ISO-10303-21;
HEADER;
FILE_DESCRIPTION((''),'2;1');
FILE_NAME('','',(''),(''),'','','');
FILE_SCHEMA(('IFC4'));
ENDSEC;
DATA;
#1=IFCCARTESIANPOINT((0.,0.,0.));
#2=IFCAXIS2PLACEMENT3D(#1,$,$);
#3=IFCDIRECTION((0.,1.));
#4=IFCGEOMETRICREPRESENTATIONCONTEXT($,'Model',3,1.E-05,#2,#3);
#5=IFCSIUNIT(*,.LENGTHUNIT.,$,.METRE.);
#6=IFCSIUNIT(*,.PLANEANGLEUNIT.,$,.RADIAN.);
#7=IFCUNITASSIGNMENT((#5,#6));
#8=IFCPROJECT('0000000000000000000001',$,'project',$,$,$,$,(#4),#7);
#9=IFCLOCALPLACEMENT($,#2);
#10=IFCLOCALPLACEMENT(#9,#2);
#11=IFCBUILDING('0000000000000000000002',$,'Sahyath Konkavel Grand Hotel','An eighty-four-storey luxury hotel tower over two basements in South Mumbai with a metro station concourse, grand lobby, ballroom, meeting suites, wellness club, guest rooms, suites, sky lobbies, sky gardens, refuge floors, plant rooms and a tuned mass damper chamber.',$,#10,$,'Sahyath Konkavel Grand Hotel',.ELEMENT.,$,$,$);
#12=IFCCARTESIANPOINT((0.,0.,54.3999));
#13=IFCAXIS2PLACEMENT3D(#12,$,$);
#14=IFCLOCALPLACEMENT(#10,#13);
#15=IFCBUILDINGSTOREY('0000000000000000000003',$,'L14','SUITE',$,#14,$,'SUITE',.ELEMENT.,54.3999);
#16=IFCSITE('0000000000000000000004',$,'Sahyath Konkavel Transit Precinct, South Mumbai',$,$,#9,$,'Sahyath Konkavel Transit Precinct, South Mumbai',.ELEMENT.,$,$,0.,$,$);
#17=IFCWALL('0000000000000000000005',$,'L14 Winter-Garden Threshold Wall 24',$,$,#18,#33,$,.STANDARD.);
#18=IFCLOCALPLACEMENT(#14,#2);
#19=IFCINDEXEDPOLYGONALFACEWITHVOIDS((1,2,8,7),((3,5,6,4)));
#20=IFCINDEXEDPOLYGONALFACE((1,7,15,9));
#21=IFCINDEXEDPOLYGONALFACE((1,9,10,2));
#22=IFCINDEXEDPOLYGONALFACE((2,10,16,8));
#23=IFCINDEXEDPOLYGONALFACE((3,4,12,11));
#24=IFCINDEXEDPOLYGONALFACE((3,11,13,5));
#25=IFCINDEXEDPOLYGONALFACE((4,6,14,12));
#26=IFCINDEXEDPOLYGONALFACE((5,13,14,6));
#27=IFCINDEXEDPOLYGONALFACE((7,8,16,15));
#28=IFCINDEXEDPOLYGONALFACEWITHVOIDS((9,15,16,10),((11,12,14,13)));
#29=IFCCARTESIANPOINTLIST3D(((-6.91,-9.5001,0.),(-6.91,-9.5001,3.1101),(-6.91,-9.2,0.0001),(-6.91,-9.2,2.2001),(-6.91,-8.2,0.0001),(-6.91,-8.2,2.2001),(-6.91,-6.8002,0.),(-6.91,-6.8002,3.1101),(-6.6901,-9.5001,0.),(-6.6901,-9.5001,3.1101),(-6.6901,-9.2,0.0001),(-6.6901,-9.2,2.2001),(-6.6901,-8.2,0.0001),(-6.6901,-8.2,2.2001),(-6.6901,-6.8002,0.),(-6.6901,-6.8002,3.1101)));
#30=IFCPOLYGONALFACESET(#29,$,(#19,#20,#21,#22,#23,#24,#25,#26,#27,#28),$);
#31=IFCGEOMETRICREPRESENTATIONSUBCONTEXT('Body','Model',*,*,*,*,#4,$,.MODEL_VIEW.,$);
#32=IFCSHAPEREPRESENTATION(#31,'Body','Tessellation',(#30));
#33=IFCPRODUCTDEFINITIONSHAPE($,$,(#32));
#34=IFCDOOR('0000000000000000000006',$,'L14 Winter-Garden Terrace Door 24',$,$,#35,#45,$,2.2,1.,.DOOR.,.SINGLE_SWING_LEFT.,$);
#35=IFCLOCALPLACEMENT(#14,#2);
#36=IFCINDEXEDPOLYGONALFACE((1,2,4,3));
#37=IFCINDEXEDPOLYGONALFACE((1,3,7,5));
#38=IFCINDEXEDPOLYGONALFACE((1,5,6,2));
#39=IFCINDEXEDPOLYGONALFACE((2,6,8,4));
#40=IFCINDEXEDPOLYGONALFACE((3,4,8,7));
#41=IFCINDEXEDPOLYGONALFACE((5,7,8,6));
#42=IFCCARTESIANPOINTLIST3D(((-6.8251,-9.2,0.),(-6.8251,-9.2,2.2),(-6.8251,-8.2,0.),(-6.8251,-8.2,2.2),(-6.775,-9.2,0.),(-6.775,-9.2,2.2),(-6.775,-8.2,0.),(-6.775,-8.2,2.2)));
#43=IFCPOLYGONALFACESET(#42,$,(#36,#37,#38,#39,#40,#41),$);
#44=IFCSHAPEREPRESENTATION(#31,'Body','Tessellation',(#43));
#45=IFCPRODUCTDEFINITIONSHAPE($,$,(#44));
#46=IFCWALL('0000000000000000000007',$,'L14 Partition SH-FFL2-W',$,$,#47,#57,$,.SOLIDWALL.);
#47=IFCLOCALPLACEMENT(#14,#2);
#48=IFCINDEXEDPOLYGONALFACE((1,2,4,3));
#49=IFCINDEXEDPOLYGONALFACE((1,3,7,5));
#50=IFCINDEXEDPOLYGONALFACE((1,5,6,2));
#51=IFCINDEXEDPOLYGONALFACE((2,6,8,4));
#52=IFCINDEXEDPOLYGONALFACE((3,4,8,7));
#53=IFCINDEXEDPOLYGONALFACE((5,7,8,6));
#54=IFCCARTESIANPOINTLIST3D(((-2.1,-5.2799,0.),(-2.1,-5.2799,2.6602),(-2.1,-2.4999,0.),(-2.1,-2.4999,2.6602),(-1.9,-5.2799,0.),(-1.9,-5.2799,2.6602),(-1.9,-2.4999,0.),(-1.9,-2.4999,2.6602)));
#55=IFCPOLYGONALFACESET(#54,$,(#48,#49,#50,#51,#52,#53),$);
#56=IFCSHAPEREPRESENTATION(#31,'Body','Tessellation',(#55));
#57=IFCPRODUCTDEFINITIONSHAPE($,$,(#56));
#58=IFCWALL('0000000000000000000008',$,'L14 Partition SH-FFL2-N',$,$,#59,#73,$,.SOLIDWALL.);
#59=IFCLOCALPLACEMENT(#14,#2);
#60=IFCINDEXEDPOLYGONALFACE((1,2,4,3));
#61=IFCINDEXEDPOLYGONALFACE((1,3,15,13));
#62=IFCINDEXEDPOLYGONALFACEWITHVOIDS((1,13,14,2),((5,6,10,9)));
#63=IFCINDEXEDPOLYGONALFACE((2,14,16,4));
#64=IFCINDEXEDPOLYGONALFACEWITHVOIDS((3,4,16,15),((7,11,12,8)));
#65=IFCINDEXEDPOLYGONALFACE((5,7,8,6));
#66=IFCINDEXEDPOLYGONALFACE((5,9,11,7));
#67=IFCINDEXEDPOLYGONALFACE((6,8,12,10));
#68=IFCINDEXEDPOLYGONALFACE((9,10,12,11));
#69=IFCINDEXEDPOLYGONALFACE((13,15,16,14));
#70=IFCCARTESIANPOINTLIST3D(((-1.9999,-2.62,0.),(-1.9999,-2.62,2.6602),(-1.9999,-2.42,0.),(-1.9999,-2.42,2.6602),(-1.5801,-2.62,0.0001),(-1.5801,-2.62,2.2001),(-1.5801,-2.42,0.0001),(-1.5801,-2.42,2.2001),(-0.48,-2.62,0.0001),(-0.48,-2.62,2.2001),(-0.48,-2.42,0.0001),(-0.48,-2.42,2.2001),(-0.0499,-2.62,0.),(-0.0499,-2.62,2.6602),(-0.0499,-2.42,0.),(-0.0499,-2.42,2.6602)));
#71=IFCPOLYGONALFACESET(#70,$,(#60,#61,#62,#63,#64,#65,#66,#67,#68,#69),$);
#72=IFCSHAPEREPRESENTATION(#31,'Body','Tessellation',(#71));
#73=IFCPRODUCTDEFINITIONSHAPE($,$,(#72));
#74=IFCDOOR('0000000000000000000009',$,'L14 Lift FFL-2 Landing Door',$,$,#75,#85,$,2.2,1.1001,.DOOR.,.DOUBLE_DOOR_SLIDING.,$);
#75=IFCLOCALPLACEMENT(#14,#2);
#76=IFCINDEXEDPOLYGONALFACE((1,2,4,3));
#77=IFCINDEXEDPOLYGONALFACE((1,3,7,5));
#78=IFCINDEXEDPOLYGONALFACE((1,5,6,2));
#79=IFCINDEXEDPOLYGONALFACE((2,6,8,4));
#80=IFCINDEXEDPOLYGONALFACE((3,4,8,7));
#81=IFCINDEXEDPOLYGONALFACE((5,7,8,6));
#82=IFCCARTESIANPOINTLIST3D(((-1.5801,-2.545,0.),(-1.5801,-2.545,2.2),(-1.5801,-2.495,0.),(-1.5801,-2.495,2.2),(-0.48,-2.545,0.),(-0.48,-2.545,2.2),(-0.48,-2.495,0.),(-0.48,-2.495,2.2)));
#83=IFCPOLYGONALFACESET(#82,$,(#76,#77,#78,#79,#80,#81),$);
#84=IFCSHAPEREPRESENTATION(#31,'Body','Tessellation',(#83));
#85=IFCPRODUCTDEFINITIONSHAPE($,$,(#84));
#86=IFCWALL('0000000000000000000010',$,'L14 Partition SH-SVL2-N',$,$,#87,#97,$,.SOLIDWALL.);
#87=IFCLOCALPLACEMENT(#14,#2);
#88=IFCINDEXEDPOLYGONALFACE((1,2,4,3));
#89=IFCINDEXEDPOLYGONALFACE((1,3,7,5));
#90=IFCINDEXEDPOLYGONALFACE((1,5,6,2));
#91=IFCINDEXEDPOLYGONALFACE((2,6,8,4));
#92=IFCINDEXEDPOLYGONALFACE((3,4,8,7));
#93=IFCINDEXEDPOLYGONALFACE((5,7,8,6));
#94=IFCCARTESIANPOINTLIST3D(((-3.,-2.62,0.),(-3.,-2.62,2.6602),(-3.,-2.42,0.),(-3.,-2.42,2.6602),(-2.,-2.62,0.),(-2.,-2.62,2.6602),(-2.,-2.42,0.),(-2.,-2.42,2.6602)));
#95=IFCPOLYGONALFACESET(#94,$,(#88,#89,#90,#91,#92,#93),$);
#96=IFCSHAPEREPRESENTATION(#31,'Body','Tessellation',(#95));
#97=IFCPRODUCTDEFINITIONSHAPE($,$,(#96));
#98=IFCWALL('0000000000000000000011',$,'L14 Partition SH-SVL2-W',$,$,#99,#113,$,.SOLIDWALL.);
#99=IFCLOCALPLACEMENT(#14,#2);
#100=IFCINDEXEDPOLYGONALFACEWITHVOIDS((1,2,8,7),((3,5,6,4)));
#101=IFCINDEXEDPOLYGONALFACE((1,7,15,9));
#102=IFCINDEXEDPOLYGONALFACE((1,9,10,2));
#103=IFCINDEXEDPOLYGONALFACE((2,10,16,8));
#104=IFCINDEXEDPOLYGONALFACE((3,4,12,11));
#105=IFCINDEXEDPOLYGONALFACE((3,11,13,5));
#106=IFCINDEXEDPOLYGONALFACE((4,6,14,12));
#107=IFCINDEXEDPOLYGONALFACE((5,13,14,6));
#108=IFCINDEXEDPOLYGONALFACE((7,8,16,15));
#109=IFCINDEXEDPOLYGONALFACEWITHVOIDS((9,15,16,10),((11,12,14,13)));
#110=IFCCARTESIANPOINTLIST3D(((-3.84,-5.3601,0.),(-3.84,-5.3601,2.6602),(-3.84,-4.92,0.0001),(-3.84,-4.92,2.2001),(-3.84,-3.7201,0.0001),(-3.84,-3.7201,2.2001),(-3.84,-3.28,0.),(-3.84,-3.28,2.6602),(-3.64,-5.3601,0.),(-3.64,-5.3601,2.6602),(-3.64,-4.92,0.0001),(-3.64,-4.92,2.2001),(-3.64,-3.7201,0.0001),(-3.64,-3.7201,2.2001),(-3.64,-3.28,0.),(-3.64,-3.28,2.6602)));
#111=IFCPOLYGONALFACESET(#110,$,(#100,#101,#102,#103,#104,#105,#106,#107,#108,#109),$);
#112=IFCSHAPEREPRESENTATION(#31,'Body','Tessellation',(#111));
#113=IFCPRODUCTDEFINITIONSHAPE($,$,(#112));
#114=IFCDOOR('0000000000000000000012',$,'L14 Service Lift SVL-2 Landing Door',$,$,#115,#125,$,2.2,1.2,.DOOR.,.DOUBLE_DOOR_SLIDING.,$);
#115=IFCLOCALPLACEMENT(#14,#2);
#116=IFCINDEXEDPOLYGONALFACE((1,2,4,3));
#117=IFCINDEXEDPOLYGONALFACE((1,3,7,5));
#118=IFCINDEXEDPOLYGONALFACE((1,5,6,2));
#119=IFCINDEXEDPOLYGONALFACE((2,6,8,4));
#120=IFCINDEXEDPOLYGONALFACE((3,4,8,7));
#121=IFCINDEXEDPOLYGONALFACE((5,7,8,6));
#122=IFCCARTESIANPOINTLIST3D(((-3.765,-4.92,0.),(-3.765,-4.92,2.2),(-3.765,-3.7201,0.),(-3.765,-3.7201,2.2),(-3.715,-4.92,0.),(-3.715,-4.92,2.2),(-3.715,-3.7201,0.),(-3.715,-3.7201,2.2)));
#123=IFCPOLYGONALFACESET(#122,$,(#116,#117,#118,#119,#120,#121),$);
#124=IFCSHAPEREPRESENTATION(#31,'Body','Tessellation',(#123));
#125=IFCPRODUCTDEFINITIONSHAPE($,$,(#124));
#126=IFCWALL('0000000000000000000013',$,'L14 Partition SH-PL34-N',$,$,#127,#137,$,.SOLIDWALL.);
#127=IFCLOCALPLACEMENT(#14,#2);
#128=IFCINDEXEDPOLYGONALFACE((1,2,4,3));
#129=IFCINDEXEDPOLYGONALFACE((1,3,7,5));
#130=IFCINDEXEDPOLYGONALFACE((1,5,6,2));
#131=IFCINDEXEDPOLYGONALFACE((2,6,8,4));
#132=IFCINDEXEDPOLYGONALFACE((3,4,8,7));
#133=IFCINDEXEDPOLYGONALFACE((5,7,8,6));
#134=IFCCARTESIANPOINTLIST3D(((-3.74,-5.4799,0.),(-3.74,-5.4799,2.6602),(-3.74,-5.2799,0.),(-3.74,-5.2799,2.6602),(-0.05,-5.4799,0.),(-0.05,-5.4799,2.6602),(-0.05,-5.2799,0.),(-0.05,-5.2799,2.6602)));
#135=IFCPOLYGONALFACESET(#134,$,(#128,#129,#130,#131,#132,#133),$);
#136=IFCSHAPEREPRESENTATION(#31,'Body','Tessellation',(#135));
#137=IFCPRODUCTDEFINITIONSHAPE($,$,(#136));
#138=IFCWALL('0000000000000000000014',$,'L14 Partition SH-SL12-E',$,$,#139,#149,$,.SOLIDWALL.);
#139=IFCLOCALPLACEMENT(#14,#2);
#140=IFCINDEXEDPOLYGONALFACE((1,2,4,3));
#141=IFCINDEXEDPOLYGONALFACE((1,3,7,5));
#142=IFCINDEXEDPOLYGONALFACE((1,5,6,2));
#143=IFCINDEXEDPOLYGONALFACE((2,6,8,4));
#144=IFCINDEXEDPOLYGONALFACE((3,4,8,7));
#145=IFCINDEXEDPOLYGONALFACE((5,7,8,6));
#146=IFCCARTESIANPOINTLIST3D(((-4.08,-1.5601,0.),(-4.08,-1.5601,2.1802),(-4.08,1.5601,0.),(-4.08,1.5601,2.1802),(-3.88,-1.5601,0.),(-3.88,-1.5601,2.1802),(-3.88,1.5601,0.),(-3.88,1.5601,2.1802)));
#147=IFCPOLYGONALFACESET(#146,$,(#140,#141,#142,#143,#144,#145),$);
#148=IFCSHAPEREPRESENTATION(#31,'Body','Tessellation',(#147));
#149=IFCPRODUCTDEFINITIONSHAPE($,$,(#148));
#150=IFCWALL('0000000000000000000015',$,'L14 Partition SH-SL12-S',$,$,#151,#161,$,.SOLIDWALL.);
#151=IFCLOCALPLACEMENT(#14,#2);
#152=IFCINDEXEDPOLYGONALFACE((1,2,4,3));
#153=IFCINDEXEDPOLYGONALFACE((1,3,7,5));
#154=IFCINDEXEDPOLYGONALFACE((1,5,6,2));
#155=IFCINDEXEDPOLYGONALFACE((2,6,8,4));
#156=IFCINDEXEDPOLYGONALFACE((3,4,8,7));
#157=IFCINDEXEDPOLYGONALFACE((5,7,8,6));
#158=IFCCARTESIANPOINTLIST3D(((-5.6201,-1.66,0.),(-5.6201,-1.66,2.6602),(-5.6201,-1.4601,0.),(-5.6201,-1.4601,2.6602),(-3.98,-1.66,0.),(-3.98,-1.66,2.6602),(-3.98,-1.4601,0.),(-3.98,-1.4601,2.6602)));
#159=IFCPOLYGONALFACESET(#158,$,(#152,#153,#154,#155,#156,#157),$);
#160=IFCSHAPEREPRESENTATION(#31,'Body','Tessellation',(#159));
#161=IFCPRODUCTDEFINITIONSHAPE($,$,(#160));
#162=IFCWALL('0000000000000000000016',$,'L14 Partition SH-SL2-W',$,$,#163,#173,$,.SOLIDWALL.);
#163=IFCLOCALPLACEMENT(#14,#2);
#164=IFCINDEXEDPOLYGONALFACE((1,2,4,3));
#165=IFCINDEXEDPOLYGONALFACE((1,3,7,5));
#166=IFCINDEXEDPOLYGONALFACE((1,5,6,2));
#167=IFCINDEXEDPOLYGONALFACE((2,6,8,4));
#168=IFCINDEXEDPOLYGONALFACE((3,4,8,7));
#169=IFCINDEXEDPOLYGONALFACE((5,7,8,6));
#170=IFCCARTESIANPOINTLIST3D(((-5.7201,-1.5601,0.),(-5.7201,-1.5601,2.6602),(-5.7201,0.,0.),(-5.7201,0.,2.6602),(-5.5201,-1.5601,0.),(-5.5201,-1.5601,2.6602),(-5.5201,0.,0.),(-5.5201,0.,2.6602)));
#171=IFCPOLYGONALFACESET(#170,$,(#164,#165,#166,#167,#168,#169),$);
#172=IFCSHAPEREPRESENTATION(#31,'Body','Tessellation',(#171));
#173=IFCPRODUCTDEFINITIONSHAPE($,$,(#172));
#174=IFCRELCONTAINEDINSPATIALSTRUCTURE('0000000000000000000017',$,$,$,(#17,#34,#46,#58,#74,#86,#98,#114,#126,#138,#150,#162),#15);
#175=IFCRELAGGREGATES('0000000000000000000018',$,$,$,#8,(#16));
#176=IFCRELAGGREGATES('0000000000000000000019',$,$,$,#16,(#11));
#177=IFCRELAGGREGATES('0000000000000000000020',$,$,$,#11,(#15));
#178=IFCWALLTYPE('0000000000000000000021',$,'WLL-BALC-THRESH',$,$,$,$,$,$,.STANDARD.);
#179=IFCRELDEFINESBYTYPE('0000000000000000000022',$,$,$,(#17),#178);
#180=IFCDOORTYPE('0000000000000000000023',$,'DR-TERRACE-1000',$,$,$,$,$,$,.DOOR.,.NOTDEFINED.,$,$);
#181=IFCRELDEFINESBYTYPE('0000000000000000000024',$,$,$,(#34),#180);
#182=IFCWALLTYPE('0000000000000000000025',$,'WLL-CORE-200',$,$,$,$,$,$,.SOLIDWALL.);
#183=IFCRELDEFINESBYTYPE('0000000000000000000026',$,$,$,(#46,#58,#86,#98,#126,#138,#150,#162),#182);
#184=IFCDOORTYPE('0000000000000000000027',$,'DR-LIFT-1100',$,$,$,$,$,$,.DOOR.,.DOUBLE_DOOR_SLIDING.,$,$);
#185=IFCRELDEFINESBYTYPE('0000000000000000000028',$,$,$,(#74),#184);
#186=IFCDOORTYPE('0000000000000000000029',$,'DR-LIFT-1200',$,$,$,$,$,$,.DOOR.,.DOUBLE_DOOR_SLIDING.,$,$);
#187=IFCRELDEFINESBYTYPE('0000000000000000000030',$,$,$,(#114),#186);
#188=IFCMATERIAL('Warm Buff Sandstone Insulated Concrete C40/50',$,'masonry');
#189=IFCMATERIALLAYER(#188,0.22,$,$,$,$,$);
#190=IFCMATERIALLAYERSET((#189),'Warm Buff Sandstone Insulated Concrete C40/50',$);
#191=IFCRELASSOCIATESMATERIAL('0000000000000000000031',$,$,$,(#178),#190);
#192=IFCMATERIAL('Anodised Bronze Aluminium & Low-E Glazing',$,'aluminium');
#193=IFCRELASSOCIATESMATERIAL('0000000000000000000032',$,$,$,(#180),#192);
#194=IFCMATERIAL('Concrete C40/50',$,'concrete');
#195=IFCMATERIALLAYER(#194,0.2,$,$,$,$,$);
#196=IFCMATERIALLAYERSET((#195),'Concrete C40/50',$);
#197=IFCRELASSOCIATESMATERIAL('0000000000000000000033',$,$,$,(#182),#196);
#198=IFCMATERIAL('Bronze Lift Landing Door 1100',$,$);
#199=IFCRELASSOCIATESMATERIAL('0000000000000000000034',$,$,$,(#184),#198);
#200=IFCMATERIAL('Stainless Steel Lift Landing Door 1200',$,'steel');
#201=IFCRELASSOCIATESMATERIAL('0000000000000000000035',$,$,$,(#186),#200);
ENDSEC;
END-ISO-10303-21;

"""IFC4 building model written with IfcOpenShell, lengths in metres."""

from ifc_helpers import new_model, si_unit, direction, frame, frame_2d, origin, origin_2d, place, context, subcontext, project, spatial, rectangle, extrude, source, transform, mapped, material, layer, layer_set, type_object, element, fill, save


model = new_model("IFC4")

# Units and contexts
model_context = context("Model", 3, precision=1e-05, world=origin(), true_north=direction((0.0, 1.0)))
body_context = subcontext(model_context, "Body", "Model", "MODEL_VIEW")
ifc_project = project(units=[si_unit("LENGTHUNIT", "METRE"), si_unit("PLANEANGLEUNIT", "RADIAN")], contexts=[model_context])

# Site, building, storey
site_placement = place(None, origin())
site = spatial("IfcSite", under=ifc_project, at=site_placement, Name="Sahyath Konkavel Transit Precinct, South Mumbai", LongName="Sahyath Konkavel Transit Precinct, South Mumbai", CompositionType="ELEMENT", RefElevation=0.0)
building_placement = place(site_placement, origin())
building = spatial("IfcBuilding", under=site, at=building_placement, Name="Sahyath Konkavel Grand Hotel", Description="An eighty-four-storey luxury hotel tower over two basements in South Mumbai with a metro station concourse, grand lobby, ballroom, meeting suites, wellness club, guest rooms, suites, sky lobbies, sky gardens, refuge floors, plant rooms and a tuned mass damper chamber.", LongName="Sahyath Konkavel Grand Hotel", CompositionType="ELEMENT")
storey_placement = place(building_placement, frame((0.0, 0.0, 54.3999)))
storey = spatial("IfcBuildingStorey", under=building, at=storey_placement, Name="L14", Description="SUITE", LongName="SUITE", CompositionType="ELEMENT", Elevation=54.3999)

# Shared definitions
ifc_material_1 = material(Name="Anodised Bronze Aluminium & Low-E Glazing", Category="aluminium")

# Wall, opening, door
ifc_material_2 = material(Name="Warm Buff Sandstone Insulated Concrete C40/50", Category="masonry")
ifc_layer_1 = layer(ifc_material_2, 0.22)
ifc_layer_set_1 = layer_set([ifc_layer_1], Name="Warm Buff Sandstone Insulated Concrete C40/50")
wall_type_1 = type_object("IfcWallType", Name="WLL-BALC-THRESH", PredefinedType="STANDARD", material=ifc_layer_set_1)
wall_1_placement = place(storey_placement, frame((-6.8, -6.8, 0.0), z_axis=(0.0, 0.0, 1.0), x_axis=(0.0, -1.0, 0.0)))
wall_1 = element("IfcWall", 1, at=wall_1_placement, inside=storey, type_object=wall_type_1, Name="L14 Winter-Garden Threshold Wall 24", PredefinedType="STANDARD", context=body_context, shape_type="SweptSolid", body=[
    extrude(rectangle(XDim=2.7, YDim=0.22, at=frame_2d((1.3501, 0.0))), origin(), (0.0, 0.0, 1.0), 3.1101),
])
opening_1_placement = place(wall_1_placement, frame((1.3999, 0.0, 0.0)))
opening_1 = element("IfcOpeningElement", 2, at=opening_1_placement, cuts=wall_1, PredefinedType="OPENING", context=body_context, shape_type="SweptSolid", body=[
    extrude(rectangle(XDim=1.0, YDim=2.2, at=frame_2d((0.5, 1.1001))), frame((0.0, 0.1201, 0.0), z_axis=(0.0, -1.0, 0.0), x_axis=(1.0, 0.0, 0.0)), (0.0, 0.0, 1.0), 0.24),
])
door_type_1 = type_object("IfcDoorType", Name="DR-TERRACE-1000", OperationType="NOTDEFINED", PredefinedType="DOOR", material=ifc_material_1)
shared_shape_1 = source(origin(), body_context, "Body", "SweptSolid", [
    extrude(rectangle(XDim=1.0, YDim=0.05, at=origin_2d()), origin(), (0.0, 0.0, 1.0), 2.2),
])
door_1_placement = place(opening_1_placement, frame((0.5, 0.0, 0.0)))
door_1 = element("IfcDoor", 3, at=door_1_placement, inside=storey, type_object=door_type_1, Name="L14 Winter-Garden Terrace Door 24", OperationType="SINGLE_SWING_LEFT", OverallHeight=2.2, OverallWidth=1.0, PredefinedType="DOOR", context=body_context, shape_type="MappedRepresentation", body=[
    mapped(shared_shape_1, transform((0.0, 0.0, 0.0), scale=1.0)),
])
fill(opening_1, door_1)

# Wall
ifc_material_3 = material(Name="Concrete C40/50", Category="concrete")
ifc_layer_2 = layer(ifc_material_3, 0.2)
ifc_layer_set_2 = layer_set([ifc_layer_2], Name="Concrete C40/50")
wall_type_2 = type_object("IfcWallType", Name="WLL-CORE-200", PredefinedType="SOLIDWALL", material=ifc_layer_set_2)
wall_2_placement = place(storey_placement, frame((-2.0, -5.28, 0.0), z_axis=(0.0, 0.0, 1.0), x_axis=(0.0, 1.0, 0.0)))
element("IfcWall", 4, at=wall_2_placement, inside=storey, type_object=wall_type_2, Name="L14 Partition SH-FFL2-W", PredefinedType="SOLIDWALL", context=body_context, shape_type="SweptSolid", body=[
    extrude(rectangle(XDim=2.78, YDim=0.2, at=frame_2d((1.3901, 0.0))), origin(), (0.0, 0.0, 1.0), 2.6602),
])

# Wall, opening, door
wall_3_placement = place(storey_placement, frame((-2.0, -2.52, 0.0), z_axis=(0.0, 0.0, 1.0), x_axis=(1.0, 0.0, 0.0)))
wall_3 = element("IfcWall", 5, at=wall_3_placement, inside=storey, type_object=wall_type_2, Name="L14 Partition SH-FFL2-N", PredefinedType="SOLIDWALL", context=body_context, shape_type="SweptSolid", body=[
    extrude(rectangle(XDim=1.95, YDim=0.2, at=frame_2d((0.9751, 0.0))), origin(), (0.0, 0.0, 1.0), 2.6602),
])
opening_2_placement = place(wall_3_placement, frame((0.4199, 0.0, 0.0)))
opening_2 = element("IfcOpeningElement", 6, at=opening_2_placement, cuts=wall_3, PredefinedType="OPENING", context=body_context, shape_type="SweptSolid", body=[
    extrude(rectangle(XDim=1.1001, YDim=2.2, at=frame_2d((0.55, 1.1001))), frame((0.0, 0.1099, 0.0), z_axis=(0.0, -1.0, 0.0), x_axis=(1.0, 0.0, 0.0)), (0.0, 0.0, 1.0), 0.22),
])
ifc_material_4 = material(Name="Bronze Lift Landing Door 1100")
door_type_2 = type_object("IfcDoorType", Name="DR-LIFT-1100", OperationType="DOUBLE_DOOR_SLIDING", PredefinedType="DOOR", material=ifc_material_4)
shared_shape_2 = source(origin(), body_context, "Body", "SweptSolid", [
    extrude(rectangle(XDim=1.1001, YDim=0.05, at=origin_2d()), origin(), (0.0, 0.0, 1.0), 2.2),
])
door_2_placement = place(opening_2_placement, frame((0.55, 0.0, 0.0)))
door_2 = element("IfcDoor", 7, at=door_2_placement, inside=storey, type_object=door_type_2, Name="L14 Lift FFL-2 Landing Door", OperationType="DOUBLE_DOOR_SLIDING", OverallHeight=2.2, OverallWidth=1.1001, PredefinedType="DOOR", context=body_context, shape_type="MappedRepresentation", body=[
    mapped(shared_shape_2, transform((0.0, 0.0, 0.0), scale=1.0)),
])
fill(opening_2, door_2)

# Wall
wall_4_placement = place(storey_placement, frame((-3.0, -2.52, 0.0), z_axis=(0.0, 0.0, 1.0), x_axis=(1.0, 0.0, 0.0)))
element("IfcWall", 8, at=wall_4_placement, inside=storey, type_object=wall_type_2, Name="L14 Partition SH-SVL2-N", PredefinedType="SOLIDWALL", context=body_context, shape_type="SweptSolid", body=[
    extrude(rectangle(XDim=1.0, YDim=0.2, at=frame_2d((0.5, 0.0))), origin(), (0.0, 0.0, 1.0), 2.6602),
])

# Wall, opening, door
wall_5_placement = place(storey_placement, frame((-3.74, -5.3601, 0.0), z_axis=(0.0, 0.0, 1.0), x_axis=(0.0, 1.0, 0.0)))
wall_5 = element("IfcWall", 9, at=wall_5_placement, inside=storey, type_object=wall_type_2, Name="L14 Partition SH-SVL2-W", PredefinedType="SOLIDWALL", context=body_context, shape_type="SweptSolid", body=[
    extrude(rectangle(XDim=2.0801, YDim=0.2, at=frame_2d((1.04, 0.0))), origin(), (0.0, 0.0, 1.0), 2.6602),
])
opening_3_placement = place(wall_5_placement, frame((0.4399, 0.0, 0.0)))
opening_3 = element("IfcOpeningElement", 10, at=opening_3_placement, cuts=wall_5, PredefinedType="OPENING", context=body_context, shape_type="SweptSolid", body=[
    extrude(rectangle(XDim=1.2, YDim=2.2, at=frame_2d((0.6001, 1.1001))), frame((0.0, 0.1099, 0.0), z_axis=(0.0, -1.0, 0.0), x_axis=(1.0, 0.0, 0.0)), (0.0, 0.0, 1.0), 0.22),
])
ifc_material_5 = material(Name="Stainless Steel Lift Landing Door 1200", Category="steel")
door_type_3 = type_object("IfcDoorType", Name="DR-LIFT-1200", OperationType="DOUBLE_DOOR_SLIDING", PredefinedType="DOOR", material=ifc_material_5)
shared_shape_3 = source(origin(), body_context, "Body", "SweptSolid", [
    extrude(rectangle(XDim=1.2, YDim=0.05, at=origin_2d()), origin(), (0.0, 0.0, 1.0), 2.2),
])
door_3_placement = place(opening_3_placement, frame((0.6001, 0.0, 0.0)))
door_3 = element("IfcDoor", 11, at=door_3_placement, inside=storey, type_object=door_type_3, Name="L14 Service Lift SVL-2 Landing Door", OperationType="DOUBLE_DOOR_SLIDING", OverallHeight=2.2, OverallWidth=1.2, PredefinedType="DOOR", context=body_context, shape_type="MappedRepresentation", body=[
    mapped(shared_shape_3, transform((0.0, 0.0, 0.0), scale=1.0)),
])
fill(opening_3, door_3)

# Walls
wall_6_placement = place(storey_placement, frame((-3.74, -5.3799, 0.0), z_axis=(0.0, 0.0, 1.0), x_axis=(1.0, 0.0, 0.0)))
element("IfcWall", 12, at=wall_6_placement, inside=storey, type_object=wall_type_2, Name="L14 Partition SH-PL34-N", PredefinedType="SOLIDWALL", context=body_context, shape_type="SweptSolid", body=[
    extrude(rectangle(XDim=3.6899, YDim=0.2, at=frame_2d((1.845, 0.0))), origin(), (0.0, 0.0, 1.0), 2.6602),
])
wall_7_placement = place(storey_placement, frame((-3.98, -1.5601, 0.0), z_axis=(0.0, 0.0, 1.0), x_axis=(0.0, 1.0, 0.0)))
element("IfcWall", 13, at=wall_7_placement, inside=storey, type_object=wall_type_2, Name="L14 Partition SH-SL12-E", PredefinedType="SOLIDWALL", context=body_context, shape_type="SweptSolid", body=[
    extrude(rectangle(XDim=3.1201, YDim=0.2, at=frame_2d((1.5601, 0.0))), origin(), (0.0, 0.0, 1.0), 2.1802),
])
wall_8_placement = place(storey_placement, frame((-5.6201, -1.5601, 0.0), z_axis=(0.0, 0.0, 1.0), x_axis=(1.0, 0.0, 0.0)))
element("IfcWall", 14, at=wall_8_placement, inside=storey, type_object=wall_type_2, Name="L14 Partition SH-SL12-S", PredefinedType="SOLIDWALL", context=body_context, shape_type="SweptSolid", body=[
    extrude(rectangle(XDim=1.6401, YDim=0.2, at=frame_2d((0.8201, 0.0))), origin(), (0.0, 0.0, 1.0), 2.6602),
])
wall_9_placement = place(storey_placement, frame((-5.6201, -1.5601, 0.0), z_axis=(0.0, 0.0, 1.0), x_axis=(0.0, 1.0, 0.0)))
element("IfcWall", 15, at=wall_9_placement, inside=storey, type_object=wall_type_2, Name="L14 Partition SH-SL2-W", PredefinedType="SOLIDWALL", context=body_context, shape_type="SweptSolid", body=[
    extrude(rectangle(XDim=1.5601, YDim=0.2, at=frame_2d((0.78, 0.0))), origin(), (0.0, 0.0, 1.0), 2.6602),
])

save(model, "model.ifc")
